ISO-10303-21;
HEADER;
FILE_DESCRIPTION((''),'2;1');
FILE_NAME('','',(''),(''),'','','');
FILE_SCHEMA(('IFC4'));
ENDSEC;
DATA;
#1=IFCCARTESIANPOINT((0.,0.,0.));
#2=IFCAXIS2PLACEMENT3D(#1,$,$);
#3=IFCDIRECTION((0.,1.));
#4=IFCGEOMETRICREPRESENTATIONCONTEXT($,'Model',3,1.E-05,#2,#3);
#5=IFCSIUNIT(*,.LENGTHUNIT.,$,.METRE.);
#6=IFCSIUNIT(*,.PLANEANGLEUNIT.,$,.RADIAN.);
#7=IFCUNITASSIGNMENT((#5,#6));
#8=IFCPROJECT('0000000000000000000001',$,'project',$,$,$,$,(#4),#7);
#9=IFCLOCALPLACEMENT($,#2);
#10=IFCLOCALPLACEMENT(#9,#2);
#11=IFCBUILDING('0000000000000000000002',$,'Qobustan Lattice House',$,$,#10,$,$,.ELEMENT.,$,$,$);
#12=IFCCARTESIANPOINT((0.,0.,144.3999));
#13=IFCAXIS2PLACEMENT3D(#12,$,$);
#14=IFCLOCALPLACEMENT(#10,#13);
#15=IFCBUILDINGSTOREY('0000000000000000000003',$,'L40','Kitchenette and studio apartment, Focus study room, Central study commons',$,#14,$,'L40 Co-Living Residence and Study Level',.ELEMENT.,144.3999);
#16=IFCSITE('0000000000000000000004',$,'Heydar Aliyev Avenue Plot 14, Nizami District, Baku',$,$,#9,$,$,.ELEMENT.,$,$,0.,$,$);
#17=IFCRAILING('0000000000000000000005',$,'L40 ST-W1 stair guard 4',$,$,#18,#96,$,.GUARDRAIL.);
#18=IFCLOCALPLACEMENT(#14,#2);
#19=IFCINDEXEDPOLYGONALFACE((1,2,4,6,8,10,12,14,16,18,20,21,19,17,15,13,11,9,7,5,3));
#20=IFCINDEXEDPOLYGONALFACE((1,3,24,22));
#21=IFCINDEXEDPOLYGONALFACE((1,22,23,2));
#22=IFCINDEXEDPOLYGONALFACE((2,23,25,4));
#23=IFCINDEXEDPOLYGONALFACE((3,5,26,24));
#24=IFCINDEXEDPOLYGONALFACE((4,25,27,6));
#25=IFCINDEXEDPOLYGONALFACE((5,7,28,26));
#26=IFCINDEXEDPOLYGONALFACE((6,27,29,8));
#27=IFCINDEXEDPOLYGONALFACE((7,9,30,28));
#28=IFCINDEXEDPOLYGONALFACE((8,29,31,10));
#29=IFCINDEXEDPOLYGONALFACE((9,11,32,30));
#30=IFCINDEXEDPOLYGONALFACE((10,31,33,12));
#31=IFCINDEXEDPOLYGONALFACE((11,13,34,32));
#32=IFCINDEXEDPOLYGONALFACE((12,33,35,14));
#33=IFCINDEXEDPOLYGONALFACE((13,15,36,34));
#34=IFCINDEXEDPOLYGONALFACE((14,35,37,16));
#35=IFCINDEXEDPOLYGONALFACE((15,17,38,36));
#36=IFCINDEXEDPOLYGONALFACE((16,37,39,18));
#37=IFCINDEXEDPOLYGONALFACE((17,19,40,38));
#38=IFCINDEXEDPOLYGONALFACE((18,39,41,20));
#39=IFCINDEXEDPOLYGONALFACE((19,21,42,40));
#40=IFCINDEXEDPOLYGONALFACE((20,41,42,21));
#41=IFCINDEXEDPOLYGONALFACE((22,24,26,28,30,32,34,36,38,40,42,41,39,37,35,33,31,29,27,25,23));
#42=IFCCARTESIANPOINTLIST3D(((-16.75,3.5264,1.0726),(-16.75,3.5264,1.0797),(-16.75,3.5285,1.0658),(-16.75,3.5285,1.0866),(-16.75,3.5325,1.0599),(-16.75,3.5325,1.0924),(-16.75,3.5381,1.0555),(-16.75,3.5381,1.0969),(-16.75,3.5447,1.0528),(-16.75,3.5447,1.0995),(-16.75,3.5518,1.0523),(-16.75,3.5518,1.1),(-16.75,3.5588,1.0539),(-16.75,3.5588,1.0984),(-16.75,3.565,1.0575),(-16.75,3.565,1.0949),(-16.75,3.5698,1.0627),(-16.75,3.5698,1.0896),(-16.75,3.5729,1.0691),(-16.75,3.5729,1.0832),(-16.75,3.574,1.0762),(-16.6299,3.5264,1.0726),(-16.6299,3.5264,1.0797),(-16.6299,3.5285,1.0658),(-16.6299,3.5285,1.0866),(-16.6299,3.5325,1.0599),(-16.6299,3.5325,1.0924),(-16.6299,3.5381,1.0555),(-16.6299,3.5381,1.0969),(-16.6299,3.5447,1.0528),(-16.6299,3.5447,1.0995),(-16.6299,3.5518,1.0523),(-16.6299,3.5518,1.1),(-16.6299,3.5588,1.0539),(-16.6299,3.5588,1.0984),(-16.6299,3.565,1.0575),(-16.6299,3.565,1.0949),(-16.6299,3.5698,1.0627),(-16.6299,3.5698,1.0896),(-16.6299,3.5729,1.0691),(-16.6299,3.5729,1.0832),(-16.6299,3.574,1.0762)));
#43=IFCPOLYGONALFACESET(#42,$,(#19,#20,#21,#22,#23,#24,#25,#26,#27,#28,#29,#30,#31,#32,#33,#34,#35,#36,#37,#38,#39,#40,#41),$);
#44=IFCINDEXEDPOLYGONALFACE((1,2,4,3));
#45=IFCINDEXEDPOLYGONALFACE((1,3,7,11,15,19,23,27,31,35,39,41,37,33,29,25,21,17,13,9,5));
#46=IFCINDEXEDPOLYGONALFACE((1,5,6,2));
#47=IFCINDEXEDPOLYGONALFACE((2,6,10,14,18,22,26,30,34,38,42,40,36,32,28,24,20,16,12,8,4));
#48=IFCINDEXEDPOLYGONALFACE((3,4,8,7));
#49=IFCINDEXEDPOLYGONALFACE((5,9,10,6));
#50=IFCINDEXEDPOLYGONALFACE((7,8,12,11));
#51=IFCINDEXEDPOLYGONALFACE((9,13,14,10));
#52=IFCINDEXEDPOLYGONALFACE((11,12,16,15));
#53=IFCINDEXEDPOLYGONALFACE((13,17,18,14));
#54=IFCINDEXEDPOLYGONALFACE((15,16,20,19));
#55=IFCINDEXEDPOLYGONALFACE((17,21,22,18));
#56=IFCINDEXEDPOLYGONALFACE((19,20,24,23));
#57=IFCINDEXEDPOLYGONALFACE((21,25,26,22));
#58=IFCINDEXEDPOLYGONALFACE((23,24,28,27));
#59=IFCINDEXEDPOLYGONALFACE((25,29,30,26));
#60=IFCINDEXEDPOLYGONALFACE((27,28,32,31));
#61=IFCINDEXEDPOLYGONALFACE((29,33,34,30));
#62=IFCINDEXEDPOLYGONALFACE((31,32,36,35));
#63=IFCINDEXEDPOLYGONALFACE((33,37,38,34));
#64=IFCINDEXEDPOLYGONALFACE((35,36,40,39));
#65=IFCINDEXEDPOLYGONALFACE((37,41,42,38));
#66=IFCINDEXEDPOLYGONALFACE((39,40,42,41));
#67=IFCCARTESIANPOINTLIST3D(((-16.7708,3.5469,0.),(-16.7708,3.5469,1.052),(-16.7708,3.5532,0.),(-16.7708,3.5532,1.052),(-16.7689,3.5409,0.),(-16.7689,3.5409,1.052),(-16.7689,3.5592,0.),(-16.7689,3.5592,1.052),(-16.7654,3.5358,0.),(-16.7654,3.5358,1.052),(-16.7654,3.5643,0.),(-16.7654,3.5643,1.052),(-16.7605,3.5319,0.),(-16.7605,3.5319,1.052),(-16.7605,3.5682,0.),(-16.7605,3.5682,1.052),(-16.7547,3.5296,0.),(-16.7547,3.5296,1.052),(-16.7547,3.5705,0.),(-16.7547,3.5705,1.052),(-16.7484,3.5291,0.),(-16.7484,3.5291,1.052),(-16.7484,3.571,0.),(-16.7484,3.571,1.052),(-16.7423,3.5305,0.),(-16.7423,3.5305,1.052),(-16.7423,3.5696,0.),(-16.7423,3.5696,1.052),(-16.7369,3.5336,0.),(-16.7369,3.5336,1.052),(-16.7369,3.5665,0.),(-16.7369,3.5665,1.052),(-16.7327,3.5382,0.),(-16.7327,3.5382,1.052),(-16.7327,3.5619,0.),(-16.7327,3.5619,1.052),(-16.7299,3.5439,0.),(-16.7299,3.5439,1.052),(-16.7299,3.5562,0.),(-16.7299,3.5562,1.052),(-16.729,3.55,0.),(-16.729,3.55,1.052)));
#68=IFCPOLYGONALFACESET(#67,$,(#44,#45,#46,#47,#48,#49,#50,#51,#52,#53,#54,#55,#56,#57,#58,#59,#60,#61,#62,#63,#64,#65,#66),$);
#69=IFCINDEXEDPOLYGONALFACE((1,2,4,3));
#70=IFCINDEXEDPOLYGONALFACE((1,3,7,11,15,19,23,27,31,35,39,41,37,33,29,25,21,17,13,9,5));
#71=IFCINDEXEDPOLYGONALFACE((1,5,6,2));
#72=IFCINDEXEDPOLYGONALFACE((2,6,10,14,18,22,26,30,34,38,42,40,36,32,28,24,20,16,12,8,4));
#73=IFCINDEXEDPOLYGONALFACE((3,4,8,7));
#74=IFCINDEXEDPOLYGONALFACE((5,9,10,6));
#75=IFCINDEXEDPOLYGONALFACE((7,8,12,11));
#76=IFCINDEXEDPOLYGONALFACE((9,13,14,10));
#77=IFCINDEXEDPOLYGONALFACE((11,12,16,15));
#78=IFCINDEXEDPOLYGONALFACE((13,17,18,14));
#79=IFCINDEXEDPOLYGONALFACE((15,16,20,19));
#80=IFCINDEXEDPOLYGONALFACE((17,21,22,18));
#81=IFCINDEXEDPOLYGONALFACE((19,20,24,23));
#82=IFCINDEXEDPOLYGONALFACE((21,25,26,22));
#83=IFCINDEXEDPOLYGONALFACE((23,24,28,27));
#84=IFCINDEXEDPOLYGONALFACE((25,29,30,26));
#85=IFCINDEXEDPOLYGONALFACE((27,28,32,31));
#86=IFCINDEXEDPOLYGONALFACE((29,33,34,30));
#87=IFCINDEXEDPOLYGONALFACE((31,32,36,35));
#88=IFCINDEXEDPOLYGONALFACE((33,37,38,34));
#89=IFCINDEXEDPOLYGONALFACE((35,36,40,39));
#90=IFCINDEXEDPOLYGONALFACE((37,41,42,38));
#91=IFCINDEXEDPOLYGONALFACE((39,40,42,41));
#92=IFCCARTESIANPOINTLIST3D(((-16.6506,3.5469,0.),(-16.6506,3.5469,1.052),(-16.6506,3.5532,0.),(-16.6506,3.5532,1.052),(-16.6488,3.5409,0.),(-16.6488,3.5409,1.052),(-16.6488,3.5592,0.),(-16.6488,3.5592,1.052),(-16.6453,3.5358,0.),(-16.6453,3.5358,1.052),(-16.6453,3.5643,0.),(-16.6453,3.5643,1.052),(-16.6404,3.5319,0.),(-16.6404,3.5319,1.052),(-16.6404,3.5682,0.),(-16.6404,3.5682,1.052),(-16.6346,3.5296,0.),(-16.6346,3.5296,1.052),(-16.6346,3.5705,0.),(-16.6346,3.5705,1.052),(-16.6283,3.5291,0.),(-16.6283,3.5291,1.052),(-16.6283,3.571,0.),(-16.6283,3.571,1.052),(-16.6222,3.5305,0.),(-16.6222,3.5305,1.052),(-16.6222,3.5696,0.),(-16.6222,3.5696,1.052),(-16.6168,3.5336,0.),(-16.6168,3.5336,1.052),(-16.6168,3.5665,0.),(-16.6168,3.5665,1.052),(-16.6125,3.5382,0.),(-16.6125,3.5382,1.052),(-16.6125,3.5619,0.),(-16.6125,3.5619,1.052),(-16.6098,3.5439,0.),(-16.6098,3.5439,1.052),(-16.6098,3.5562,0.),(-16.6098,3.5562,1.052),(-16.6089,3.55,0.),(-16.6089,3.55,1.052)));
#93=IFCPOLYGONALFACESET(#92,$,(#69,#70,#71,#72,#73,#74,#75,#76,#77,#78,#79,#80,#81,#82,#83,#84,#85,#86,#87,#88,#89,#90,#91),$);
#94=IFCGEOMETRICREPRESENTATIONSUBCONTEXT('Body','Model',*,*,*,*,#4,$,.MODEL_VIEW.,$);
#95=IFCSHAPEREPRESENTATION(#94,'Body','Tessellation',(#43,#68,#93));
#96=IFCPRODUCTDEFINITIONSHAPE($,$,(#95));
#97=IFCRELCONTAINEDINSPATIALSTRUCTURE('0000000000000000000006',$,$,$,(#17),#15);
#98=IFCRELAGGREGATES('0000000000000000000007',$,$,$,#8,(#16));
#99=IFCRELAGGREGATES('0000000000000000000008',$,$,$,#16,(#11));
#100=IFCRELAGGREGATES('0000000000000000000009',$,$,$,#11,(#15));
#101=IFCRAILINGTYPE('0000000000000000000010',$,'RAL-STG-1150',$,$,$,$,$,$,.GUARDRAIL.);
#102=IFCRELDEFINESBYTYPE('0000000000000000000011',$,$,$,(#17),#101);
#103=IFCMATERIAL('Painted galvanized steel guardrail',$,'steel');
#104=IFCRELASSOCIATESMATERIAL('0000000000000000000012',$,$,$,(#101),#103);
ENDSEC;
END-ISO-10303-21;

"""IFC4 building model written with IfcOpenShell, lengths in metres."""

from ifc_helpers import new_model, si_unit, direction, frame, origin, origin_2d, place, context, subcontext, project, spatial, circle, extrude, material, type_object, element, save


model = new_model("IFC4")

# Units and contexts
model_context = context("Model", 3, precision=1e-05, world=origin(), true_north=direction((0.0, 1.0)))
body_context = subcontext(model_context, "Body", "Model", "MODEL_VIEW")
ifc_project = project(units=[si_unit("LENGTHUNIT", "METRE"), si_unit("PLANEANGLEUNIT", "RADIAN")], contexts=[model_context])

# Site, building, storey
site_placement = place(None, origin())
site = spatial("IfcSite", under=ifc_project, at=site_placement, Name="Heydar Aliyev Avenue Plot 14, Nizami District, Baku", CompositionType="ELEMENT", RefElevation=0.0)
building_placement = place(site_placement, origin())
building = spatial("IfcBuilding", under=site, at=building_placement, Name="Qobustan Lattice House", CompositionType="ELEMENT")
storey_placement = place(building_placement, frame((0.0, 0.0, 144.3999)))
storey = spatial("IfcBuildingStorey", under=building, at=storey_placement, Name="L40", Description="Kitchenette and studio apartment, Focus study room, Central study commons", LongName="L40 Co-Living Residence and Study Level", CompositionType="ELEMENT", Elevation=144.3999)

# Railing
ifc_material_1 = material(Name="Painted galvanized steel guardrail", Category="steel")
railing_type = type_object("IfcRailingType", Name="RAL-STG-1150", PredefinedType="GUARDRAIL", material=ifc_material_1)
railing_1_placement = place(storey_placement, frame((-16.75, 3.55, 0.0)))
element("IfcRailing", 1, at=railing_1_placement, inside=storey, type_object=railing_type, Name="L40 ST-W1 stair guard 4", PredefinedType="GUARDRAIL", context=body_context, shape_type="SweptSolid", body=[
    extrude(circle(Radius=0.0239, at=origin_2d()), frame((0.0, 0.0, 1.0762), z_axis=(1.0, 0.0, 0.0), x_axis=(0.0, 1.0, 0.0)), (0.0, 0.0, 1.0), 0.1201),
    extrude(circle(Radius=0.021, at=origin_2d()), origin(), (0.0, 0.0, 1.0), 1.052),
    extrude(circle(Radius=0.021, at=origin_2d()), frame((0.1201, 0.0, 0.0)), (0.0, 0.0, 1.0), 1.052),
])

save(model, "model.ifc")
